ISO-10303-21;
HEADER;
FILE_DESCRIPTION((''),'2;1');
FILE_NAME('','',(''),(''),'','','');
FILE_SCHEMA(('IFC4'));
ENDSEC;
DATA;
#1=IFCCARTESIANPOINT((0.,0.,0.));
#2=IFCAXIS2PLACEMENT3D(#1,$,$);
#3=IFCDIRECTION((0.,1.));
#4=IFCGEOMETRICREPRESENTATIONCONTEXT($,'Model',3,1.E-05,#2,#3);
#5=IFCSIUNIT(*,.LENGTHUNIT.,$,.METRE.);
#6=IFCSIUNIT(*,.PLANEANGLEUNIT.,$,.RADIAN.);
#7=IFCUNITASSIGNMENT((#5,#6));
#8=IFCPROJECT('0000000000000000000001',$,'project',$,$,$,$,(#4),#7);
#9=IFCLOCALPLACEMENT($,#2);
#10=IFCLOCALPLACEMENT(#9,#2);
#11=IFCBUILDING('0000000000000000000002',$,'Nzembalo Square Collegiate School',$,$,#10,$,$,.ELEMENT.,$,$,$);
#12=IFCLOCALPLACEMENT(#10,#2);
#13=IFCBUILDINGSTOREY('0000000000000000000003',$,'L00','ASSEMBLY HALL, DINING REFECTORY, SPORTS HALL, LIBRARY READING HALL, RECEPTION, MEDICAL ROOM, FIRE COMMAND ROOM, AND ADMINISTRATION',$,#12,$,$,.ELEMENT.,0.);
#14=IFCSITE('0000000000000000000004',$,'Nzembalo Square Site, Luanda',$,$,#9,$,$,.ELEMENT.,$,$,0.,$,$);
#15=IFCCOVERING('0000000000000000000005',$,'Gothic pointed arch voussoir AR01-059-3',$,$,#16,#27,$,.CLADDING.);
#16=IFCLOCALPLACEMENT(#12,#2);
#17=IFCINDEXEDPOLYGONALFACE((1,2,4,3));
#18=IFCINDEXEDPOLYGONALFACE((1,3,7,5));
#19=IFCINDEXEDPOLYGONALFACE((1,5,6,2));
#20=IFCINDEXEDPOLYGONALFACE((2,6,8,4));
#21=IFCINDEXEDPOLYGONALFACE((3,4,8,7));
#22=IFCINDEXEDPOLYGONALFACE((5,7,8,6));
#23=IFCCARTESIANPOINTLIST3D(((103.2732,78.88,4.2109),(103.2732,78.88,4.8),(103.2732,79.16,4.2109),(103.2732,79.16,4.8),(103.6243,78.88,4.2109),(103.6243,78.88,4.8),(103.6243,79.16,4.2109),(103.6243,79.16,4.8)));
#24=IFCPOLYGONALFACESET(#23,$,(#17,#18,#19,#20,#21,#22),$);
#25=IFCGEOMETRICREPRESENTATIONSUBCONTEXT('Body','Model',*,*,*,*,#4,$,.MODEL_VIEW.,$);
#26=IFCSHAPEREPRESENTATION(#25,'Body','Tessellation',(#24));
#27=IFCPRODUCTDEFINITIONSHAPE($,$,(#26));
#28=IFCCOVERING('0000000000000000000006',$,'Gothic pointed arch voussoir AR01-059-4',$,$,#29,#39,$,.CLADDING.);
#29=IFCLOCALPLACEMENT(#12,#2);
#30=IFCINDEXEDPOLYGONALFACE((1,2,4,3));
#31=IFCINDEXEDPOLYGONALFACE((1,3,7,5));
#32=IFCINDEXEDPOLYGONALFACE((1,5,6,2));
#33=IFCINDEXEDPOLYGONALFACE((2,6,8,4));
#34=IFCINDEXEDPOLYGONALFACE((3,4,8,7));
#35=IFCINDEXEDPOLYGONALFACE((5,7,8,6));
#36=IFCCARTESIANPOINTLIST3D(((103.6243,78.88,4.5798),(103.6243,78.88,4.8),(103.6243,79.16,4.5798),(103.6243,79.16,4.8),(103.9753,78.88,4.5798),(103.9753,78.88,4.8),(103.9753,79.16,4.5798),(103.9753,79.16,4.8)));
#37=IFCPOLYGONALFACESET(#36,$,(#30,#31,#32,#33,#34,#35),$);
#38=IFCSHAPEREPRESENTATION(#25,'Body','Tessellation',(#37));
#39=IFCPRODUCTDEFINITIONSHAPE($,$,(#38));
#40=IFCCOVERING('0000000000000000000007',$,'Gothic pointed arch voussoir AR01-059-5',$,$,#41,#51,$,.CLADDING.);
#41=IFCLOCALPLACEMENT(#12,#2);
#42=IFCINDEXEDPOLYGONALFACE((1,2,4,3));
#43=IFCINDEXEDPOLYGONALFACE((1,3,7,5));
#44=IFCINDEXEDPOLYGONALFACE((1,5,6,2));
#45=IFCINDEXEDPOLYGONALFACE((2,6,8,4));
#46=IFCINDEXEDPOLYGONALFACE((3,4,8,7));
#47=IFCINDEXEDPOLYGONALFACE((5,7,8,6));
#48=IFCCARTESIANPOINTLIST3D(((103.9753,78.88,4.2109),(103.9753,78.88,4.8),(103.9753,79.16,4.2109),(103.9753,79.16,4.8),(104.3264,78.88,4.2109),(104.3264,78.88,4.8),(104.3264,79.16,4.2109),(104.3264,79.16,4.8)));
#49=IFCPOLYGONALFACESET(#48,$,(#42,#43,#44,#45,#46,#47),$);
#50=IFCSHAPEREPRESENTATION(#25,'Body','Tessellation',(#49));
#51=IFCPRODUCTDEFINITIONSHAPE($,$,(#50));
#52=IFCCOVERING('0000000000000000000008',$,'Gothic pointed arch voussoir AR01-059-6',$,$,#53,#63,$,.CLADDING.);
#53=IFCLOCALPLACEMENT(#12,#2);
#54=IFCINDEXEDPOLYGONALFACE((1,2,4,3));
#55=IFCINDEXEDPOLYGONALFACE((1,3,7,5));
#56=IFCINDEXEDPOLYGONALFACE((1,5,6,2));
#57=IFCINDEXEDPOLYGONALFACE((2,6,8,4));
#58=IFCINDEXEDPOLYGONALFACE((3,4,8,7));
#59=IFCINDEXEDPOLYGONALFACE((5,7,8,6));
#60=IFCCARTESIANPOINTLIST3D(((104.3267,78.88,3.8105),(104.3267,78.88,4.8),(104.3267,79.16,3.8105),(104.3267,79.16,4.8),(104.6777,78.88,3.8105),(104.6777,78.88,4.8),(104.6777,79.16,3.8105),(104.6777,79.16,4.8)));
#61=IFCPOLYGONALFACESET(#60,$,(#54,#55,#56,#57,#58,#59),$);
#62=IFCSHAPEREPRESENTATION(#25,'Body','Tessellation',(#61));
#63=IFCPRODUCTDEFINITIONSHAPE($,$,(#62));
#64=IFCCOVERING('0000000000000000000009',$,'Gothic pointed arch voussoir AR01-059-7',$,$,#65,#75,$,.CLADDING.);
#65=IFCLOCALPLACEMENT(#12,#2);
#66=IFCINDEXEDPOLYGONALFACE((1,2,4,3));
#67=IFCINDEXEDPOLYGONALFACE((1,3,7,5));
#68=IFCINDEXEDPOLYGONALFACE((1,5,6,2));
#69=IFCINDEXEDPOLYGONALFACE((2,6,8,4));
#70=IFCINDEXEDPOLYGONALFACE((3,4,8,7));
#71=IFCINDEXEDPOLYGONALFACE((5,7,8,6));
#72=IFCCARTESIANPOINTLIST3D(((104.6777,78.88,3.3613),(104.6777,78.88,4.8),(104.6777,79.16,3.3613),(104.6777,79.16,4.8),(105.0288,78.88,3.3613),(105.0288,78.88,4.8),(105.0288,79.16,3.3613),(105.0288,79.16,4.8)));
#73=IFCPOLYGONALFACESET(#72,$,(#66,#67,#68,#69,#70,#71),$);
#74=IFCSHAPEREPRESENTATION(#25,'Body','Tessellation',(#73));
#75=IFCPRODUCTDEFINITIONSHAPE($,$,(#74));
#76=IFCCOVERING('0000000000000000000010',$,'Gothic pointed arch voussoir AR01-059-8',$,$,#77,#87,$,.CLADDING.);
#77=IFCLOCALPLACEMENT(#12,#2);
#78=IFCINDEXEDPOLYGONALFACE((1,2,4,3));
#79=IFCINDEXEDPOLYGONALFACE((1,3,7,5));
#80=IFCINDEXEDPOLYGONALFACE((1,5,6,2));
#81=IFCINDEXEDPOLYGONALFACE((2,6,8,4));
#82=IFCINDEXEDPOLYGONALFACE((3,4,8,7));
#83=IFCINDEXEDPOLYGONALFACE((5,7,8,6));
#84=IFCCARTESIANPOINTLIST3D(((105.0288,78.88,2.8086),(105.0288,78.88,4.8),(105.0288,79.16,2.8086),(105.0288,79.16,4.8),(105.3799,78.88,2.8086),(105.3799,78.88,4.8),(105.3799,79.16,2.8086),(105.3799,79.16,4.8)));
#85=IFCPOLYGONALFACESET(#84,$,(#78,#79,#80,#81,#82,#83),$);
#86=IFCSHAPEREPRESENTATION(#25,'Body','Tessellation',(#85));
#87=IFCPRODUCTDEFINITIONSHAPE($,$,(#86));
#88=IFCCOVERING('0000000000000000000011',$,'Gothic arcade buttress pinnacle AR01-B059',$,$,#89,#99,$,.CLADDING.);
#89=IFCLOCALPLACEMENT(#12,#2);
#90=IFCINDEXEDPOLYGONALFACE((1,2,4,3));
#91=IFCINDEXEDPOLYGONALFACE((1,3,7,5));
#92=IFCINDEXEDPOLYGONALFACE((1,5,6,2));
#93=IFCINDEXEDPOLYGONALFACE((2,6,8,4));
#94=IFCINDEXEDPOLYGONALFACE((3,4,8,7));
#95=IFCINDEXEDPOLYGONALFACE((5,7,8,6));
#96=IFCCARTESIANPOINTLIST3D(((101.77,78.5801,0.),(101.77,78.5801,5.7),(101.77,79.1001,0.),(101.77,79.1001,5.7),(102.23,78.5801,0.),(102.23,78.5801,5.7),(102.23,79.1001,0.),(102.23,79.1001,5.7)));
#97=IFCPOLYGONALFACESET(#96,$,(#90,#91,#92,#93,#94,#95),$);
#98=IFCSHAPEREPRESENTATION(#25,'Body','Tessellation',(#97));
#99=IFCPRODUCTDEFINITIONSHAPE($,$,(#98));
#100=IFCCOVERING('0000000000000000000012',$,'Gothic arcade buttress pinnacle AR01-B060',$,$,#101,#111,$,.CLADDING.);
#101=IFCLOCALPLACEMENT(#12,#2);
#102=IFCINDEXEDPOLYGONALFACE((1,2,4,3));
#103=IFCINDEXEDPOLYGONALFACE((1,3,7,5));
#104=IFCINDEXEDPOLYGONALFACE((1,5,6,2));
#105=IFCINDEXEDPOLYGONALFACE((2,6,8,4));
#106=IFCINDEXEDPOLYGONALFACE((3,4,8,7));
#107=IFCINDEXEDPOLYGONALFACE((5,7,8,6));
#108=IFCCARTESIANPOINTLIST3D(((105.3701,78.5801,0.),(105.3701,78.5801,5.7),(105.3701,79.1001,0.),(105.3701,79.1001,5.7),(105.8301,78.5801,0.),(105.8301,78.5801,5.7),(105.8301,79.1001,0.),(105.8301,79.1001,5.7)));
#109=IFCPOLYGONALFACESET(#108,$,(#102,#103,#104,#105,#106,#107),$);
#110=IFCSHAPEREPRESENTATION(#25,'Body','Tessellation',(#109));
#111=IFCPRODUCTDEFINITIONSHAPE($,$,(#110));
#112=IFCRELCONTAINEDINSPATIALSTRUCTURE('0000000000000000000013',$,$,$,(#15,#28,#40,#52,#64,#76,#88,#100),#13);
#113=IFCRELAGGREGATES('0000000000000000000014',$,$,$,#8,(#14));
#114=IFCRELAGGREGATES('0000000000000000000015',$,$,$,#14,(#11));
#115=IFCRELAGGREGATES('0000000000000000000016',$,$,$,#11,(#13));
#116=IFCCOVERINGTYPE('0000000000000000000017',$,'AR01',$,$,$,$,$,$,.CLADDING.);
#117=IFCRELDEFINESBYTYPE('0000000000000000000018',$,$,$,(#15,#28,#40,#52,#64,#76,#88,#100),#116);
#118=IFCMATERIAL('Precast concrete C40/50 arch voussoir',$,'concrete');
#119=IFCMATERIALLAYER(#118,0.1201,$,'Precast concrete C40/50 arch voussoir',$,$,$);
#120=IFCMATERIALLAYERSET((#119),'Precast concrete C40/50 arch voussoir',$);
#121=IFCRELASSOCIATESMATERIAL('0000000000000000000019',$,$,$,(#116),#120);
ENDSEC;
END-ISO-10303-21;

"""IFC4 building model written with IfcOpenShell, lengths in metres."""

from ifc_helpers import new_model, si_unit, direction, frame, origin, origin_2d, place, context, subcontext, project, spatial, rectangle, extrude, material, layer, layer_set, type_object, element, save


model = new_model("IFC4")

# Units and contexts
model_context = context("Model", 3, precision=1e-05, world=origin(), true_north=direction((0.0, 1.0)))
body_context = subcontext(model_context, "Body", "Model", "MODEL_VIEW")
ifc_project = project(units=[si_unit("LENGTHUNIT", "METRE"), si_unit("PLANEANGLEUNIT", "RADIAN")], contexts=[model_context])

# Site, building, storey
site_placement = place(None, origin())
site = spatial("IfcSite", under=ifc_project, at=site_placement, Name="Nzembalo Square Site, Luanda", CompositionType="ELEMENT", RefElevation=0.0)
building_placement = place(site_placement, origin())
building = spatial("IfcBuilding", under=site, at=building_placement, Name="Nzembalo Square Collegiate School", CompositionType="ELEMENT")
storey_placement = place(building_placement, origin())
storey = spatial("IfcBuildingStorey", under=building, at=storey_placement, Name="L00", Description="ASSEMBLY HALL, DINING REFECTORY, SPORTS HALL, LIBRARY READING HALL, RECEPTION, MEDICAL ROOM, FIRE COMMAND ROOM, AND ADMINISTRATION", CompositionType="ELEMENT", Elevation=0.0)

# Coverings
ifc_material_1 = material(Name="Precast concrete C40/50 arch voussoir", Category="concrete")
ifc_layer_1 = layer(ifc_material_1, 0.1201, Name="Precast concrete C40/50 arch voussoir")
ifc_layer_set_1 = layer_set([ifc_layer_1], Name="Precast concrete C40/50 arch voussoir")
covering_type = type_object("IfcCoveringType", Name="AR01", PredefinedType="CLADDING", material=ifc_layer_set_1)
covering_1_placement = place(storey_placement, frame((103.4487, 79.02, 4.2109), z_axis=(0.0, 0.0, 1.0), x_axis=(1.0, 0.0, 0.0)))
element("IfcCovering", 1, at=covering_1_placement, inside=storey, type_object=covering_type, Name="Gothic pointed arch voussoir AR01-059-3", PredefinedType="CLADDING", context=body_context, shape_type="SweptSolid", body=[
    extrude(rectangle(XDim=0.3511, YDim=0.28, at=origin_2d()), origin(), (0.0, 0.0, 1.0), 0.5891),
])
covering_2_placement = place(storey_placement, frame((103.7998, 79.02, 4.5798), z_axis=(0.0, 0.0, 1.0), x_axis=(1.0, 0.0, 0.0)))
element("IfcCovering", 2, at=covering_2_placement, inside=storey, type_object=covering_type, Name="Gothic pointed arch voussoir AR01-059-4", PredefinedType="CLADDING", context=body_context, shape_type="SweptSolid", body=[
    extrude(rectangle(XDim=0.3511, YDim=0.28, at=origin_2d()), origin(), (0.0, 0.0, 1.0), 0.2202),
])
covering_3_placement = place(storey_placement, frame((104.1509, 79.02, 4.2109), z_axis=(0.0, 0.0, 1.0), x_axis=(1.0, 0.0, 0.0)))
element("IfcCovering", 3, at=covering_3_placement, inside=storey, type_object=covering_type, Name="Gothic pointed arch voussoir AR01-059-5", PredefinedType="CLADDING", context=body_context, shape_type="SweptSolid", body=[
    extrude(rectangle(XDim=0.3511, YDim=0.28, at=origin_2d()), origin(), (0.0, 0.0, 1.0), 0.5891),
])
covering_4_placement = place(storey_placement, frame((104.5022, 79.02, 3.8105), z_axis=(0.0, 0.0, 1.0), x_axis=(1.0, 0.0, 0.0)))
element("IfcCovering", 4, at=covering_4_placement, inside=storey, type_object=covering_type, Name="Gothic pointed arch voussoir AR01-059-6", PredefinedType="CLADDING", context=body_context, shape_type="SweptSolid", body=[
    extrude(rectangle(XDim=0.3511, YDim=0.28, at=origin_2d()), origin(), (0.0, 0.0, 1.0), 0.9895),
])
covering_5_placement = place(storey_placement, frame((104.8533, 79.02, 3.3613), z_axis=(0.0, 0.0, 1.0), x_axis=(1.0, 0.0, 0.0)))
element("IfcCovering", 5, at=covering_5_placement, inside=storey, type_object=covering_type, Name="Gothic pointed arch voussoir AR01-059-7", PredefinedType="CLADDING", context=body_context, shape_type="SweptSolid", body=[
    extrude(rectangle(XDim=0.3511, YDim=0.28, at=origin_2d()), origin(), (0.0, 0.0, 1.0), 1.4387),
])
covering_6_placement = place(storey_placement, frame((105.2043, 79.02, 2.8086), z_axis=(0.0, 0.0, 1.0), x_axis=(1.0, 0.0, 0.0)))
element("IfcCovering", 6, at=covering_6_placement, inside=storey, type_object=covering_type, Name="Gothic pointed arch voussoir AR01-059-8", PredefinedType="CLADDING", context=body_context, shape_type="SweptSolid", body=[
    extrude(rectangle(XDim=0.3511, YDim=0.28, at=origin_2d()), origin(), (0.0, 0.0, 1.0), 1.9915),
])
for number, where, z_axis, x_axis, name in (
    (7, (102.0, 78.8401, 0.0), (0.0, 0.0, 1.0), (1.0, 0.0, 0.0), "Gothic arcade buttress pinnacle AR01-B059"),
    (8, (105.6001, 78.8401, 0.0), (0.0, 0.0, 1.0), (1.0, 0.0, 0.0), "Gothic arcade buttress pinnacle AR01-B060"),
):
    element("IfcCovering", number, at=place(storey_placement, frame(where, z_axis=z_axis, x_axis=x_axis)), inside=storey, type_object=covering_type, Name=name, PredefinedType="CLADDING", context=body_context, shape_type="SweptSolid", body=[
        extrude(rectangle(XDim=0.46, YDim=0.52, at=origin_2d()), origin(), (0.0, 0.0, 1.0), 5.7),
    ])

save(model, "model.ifc")
